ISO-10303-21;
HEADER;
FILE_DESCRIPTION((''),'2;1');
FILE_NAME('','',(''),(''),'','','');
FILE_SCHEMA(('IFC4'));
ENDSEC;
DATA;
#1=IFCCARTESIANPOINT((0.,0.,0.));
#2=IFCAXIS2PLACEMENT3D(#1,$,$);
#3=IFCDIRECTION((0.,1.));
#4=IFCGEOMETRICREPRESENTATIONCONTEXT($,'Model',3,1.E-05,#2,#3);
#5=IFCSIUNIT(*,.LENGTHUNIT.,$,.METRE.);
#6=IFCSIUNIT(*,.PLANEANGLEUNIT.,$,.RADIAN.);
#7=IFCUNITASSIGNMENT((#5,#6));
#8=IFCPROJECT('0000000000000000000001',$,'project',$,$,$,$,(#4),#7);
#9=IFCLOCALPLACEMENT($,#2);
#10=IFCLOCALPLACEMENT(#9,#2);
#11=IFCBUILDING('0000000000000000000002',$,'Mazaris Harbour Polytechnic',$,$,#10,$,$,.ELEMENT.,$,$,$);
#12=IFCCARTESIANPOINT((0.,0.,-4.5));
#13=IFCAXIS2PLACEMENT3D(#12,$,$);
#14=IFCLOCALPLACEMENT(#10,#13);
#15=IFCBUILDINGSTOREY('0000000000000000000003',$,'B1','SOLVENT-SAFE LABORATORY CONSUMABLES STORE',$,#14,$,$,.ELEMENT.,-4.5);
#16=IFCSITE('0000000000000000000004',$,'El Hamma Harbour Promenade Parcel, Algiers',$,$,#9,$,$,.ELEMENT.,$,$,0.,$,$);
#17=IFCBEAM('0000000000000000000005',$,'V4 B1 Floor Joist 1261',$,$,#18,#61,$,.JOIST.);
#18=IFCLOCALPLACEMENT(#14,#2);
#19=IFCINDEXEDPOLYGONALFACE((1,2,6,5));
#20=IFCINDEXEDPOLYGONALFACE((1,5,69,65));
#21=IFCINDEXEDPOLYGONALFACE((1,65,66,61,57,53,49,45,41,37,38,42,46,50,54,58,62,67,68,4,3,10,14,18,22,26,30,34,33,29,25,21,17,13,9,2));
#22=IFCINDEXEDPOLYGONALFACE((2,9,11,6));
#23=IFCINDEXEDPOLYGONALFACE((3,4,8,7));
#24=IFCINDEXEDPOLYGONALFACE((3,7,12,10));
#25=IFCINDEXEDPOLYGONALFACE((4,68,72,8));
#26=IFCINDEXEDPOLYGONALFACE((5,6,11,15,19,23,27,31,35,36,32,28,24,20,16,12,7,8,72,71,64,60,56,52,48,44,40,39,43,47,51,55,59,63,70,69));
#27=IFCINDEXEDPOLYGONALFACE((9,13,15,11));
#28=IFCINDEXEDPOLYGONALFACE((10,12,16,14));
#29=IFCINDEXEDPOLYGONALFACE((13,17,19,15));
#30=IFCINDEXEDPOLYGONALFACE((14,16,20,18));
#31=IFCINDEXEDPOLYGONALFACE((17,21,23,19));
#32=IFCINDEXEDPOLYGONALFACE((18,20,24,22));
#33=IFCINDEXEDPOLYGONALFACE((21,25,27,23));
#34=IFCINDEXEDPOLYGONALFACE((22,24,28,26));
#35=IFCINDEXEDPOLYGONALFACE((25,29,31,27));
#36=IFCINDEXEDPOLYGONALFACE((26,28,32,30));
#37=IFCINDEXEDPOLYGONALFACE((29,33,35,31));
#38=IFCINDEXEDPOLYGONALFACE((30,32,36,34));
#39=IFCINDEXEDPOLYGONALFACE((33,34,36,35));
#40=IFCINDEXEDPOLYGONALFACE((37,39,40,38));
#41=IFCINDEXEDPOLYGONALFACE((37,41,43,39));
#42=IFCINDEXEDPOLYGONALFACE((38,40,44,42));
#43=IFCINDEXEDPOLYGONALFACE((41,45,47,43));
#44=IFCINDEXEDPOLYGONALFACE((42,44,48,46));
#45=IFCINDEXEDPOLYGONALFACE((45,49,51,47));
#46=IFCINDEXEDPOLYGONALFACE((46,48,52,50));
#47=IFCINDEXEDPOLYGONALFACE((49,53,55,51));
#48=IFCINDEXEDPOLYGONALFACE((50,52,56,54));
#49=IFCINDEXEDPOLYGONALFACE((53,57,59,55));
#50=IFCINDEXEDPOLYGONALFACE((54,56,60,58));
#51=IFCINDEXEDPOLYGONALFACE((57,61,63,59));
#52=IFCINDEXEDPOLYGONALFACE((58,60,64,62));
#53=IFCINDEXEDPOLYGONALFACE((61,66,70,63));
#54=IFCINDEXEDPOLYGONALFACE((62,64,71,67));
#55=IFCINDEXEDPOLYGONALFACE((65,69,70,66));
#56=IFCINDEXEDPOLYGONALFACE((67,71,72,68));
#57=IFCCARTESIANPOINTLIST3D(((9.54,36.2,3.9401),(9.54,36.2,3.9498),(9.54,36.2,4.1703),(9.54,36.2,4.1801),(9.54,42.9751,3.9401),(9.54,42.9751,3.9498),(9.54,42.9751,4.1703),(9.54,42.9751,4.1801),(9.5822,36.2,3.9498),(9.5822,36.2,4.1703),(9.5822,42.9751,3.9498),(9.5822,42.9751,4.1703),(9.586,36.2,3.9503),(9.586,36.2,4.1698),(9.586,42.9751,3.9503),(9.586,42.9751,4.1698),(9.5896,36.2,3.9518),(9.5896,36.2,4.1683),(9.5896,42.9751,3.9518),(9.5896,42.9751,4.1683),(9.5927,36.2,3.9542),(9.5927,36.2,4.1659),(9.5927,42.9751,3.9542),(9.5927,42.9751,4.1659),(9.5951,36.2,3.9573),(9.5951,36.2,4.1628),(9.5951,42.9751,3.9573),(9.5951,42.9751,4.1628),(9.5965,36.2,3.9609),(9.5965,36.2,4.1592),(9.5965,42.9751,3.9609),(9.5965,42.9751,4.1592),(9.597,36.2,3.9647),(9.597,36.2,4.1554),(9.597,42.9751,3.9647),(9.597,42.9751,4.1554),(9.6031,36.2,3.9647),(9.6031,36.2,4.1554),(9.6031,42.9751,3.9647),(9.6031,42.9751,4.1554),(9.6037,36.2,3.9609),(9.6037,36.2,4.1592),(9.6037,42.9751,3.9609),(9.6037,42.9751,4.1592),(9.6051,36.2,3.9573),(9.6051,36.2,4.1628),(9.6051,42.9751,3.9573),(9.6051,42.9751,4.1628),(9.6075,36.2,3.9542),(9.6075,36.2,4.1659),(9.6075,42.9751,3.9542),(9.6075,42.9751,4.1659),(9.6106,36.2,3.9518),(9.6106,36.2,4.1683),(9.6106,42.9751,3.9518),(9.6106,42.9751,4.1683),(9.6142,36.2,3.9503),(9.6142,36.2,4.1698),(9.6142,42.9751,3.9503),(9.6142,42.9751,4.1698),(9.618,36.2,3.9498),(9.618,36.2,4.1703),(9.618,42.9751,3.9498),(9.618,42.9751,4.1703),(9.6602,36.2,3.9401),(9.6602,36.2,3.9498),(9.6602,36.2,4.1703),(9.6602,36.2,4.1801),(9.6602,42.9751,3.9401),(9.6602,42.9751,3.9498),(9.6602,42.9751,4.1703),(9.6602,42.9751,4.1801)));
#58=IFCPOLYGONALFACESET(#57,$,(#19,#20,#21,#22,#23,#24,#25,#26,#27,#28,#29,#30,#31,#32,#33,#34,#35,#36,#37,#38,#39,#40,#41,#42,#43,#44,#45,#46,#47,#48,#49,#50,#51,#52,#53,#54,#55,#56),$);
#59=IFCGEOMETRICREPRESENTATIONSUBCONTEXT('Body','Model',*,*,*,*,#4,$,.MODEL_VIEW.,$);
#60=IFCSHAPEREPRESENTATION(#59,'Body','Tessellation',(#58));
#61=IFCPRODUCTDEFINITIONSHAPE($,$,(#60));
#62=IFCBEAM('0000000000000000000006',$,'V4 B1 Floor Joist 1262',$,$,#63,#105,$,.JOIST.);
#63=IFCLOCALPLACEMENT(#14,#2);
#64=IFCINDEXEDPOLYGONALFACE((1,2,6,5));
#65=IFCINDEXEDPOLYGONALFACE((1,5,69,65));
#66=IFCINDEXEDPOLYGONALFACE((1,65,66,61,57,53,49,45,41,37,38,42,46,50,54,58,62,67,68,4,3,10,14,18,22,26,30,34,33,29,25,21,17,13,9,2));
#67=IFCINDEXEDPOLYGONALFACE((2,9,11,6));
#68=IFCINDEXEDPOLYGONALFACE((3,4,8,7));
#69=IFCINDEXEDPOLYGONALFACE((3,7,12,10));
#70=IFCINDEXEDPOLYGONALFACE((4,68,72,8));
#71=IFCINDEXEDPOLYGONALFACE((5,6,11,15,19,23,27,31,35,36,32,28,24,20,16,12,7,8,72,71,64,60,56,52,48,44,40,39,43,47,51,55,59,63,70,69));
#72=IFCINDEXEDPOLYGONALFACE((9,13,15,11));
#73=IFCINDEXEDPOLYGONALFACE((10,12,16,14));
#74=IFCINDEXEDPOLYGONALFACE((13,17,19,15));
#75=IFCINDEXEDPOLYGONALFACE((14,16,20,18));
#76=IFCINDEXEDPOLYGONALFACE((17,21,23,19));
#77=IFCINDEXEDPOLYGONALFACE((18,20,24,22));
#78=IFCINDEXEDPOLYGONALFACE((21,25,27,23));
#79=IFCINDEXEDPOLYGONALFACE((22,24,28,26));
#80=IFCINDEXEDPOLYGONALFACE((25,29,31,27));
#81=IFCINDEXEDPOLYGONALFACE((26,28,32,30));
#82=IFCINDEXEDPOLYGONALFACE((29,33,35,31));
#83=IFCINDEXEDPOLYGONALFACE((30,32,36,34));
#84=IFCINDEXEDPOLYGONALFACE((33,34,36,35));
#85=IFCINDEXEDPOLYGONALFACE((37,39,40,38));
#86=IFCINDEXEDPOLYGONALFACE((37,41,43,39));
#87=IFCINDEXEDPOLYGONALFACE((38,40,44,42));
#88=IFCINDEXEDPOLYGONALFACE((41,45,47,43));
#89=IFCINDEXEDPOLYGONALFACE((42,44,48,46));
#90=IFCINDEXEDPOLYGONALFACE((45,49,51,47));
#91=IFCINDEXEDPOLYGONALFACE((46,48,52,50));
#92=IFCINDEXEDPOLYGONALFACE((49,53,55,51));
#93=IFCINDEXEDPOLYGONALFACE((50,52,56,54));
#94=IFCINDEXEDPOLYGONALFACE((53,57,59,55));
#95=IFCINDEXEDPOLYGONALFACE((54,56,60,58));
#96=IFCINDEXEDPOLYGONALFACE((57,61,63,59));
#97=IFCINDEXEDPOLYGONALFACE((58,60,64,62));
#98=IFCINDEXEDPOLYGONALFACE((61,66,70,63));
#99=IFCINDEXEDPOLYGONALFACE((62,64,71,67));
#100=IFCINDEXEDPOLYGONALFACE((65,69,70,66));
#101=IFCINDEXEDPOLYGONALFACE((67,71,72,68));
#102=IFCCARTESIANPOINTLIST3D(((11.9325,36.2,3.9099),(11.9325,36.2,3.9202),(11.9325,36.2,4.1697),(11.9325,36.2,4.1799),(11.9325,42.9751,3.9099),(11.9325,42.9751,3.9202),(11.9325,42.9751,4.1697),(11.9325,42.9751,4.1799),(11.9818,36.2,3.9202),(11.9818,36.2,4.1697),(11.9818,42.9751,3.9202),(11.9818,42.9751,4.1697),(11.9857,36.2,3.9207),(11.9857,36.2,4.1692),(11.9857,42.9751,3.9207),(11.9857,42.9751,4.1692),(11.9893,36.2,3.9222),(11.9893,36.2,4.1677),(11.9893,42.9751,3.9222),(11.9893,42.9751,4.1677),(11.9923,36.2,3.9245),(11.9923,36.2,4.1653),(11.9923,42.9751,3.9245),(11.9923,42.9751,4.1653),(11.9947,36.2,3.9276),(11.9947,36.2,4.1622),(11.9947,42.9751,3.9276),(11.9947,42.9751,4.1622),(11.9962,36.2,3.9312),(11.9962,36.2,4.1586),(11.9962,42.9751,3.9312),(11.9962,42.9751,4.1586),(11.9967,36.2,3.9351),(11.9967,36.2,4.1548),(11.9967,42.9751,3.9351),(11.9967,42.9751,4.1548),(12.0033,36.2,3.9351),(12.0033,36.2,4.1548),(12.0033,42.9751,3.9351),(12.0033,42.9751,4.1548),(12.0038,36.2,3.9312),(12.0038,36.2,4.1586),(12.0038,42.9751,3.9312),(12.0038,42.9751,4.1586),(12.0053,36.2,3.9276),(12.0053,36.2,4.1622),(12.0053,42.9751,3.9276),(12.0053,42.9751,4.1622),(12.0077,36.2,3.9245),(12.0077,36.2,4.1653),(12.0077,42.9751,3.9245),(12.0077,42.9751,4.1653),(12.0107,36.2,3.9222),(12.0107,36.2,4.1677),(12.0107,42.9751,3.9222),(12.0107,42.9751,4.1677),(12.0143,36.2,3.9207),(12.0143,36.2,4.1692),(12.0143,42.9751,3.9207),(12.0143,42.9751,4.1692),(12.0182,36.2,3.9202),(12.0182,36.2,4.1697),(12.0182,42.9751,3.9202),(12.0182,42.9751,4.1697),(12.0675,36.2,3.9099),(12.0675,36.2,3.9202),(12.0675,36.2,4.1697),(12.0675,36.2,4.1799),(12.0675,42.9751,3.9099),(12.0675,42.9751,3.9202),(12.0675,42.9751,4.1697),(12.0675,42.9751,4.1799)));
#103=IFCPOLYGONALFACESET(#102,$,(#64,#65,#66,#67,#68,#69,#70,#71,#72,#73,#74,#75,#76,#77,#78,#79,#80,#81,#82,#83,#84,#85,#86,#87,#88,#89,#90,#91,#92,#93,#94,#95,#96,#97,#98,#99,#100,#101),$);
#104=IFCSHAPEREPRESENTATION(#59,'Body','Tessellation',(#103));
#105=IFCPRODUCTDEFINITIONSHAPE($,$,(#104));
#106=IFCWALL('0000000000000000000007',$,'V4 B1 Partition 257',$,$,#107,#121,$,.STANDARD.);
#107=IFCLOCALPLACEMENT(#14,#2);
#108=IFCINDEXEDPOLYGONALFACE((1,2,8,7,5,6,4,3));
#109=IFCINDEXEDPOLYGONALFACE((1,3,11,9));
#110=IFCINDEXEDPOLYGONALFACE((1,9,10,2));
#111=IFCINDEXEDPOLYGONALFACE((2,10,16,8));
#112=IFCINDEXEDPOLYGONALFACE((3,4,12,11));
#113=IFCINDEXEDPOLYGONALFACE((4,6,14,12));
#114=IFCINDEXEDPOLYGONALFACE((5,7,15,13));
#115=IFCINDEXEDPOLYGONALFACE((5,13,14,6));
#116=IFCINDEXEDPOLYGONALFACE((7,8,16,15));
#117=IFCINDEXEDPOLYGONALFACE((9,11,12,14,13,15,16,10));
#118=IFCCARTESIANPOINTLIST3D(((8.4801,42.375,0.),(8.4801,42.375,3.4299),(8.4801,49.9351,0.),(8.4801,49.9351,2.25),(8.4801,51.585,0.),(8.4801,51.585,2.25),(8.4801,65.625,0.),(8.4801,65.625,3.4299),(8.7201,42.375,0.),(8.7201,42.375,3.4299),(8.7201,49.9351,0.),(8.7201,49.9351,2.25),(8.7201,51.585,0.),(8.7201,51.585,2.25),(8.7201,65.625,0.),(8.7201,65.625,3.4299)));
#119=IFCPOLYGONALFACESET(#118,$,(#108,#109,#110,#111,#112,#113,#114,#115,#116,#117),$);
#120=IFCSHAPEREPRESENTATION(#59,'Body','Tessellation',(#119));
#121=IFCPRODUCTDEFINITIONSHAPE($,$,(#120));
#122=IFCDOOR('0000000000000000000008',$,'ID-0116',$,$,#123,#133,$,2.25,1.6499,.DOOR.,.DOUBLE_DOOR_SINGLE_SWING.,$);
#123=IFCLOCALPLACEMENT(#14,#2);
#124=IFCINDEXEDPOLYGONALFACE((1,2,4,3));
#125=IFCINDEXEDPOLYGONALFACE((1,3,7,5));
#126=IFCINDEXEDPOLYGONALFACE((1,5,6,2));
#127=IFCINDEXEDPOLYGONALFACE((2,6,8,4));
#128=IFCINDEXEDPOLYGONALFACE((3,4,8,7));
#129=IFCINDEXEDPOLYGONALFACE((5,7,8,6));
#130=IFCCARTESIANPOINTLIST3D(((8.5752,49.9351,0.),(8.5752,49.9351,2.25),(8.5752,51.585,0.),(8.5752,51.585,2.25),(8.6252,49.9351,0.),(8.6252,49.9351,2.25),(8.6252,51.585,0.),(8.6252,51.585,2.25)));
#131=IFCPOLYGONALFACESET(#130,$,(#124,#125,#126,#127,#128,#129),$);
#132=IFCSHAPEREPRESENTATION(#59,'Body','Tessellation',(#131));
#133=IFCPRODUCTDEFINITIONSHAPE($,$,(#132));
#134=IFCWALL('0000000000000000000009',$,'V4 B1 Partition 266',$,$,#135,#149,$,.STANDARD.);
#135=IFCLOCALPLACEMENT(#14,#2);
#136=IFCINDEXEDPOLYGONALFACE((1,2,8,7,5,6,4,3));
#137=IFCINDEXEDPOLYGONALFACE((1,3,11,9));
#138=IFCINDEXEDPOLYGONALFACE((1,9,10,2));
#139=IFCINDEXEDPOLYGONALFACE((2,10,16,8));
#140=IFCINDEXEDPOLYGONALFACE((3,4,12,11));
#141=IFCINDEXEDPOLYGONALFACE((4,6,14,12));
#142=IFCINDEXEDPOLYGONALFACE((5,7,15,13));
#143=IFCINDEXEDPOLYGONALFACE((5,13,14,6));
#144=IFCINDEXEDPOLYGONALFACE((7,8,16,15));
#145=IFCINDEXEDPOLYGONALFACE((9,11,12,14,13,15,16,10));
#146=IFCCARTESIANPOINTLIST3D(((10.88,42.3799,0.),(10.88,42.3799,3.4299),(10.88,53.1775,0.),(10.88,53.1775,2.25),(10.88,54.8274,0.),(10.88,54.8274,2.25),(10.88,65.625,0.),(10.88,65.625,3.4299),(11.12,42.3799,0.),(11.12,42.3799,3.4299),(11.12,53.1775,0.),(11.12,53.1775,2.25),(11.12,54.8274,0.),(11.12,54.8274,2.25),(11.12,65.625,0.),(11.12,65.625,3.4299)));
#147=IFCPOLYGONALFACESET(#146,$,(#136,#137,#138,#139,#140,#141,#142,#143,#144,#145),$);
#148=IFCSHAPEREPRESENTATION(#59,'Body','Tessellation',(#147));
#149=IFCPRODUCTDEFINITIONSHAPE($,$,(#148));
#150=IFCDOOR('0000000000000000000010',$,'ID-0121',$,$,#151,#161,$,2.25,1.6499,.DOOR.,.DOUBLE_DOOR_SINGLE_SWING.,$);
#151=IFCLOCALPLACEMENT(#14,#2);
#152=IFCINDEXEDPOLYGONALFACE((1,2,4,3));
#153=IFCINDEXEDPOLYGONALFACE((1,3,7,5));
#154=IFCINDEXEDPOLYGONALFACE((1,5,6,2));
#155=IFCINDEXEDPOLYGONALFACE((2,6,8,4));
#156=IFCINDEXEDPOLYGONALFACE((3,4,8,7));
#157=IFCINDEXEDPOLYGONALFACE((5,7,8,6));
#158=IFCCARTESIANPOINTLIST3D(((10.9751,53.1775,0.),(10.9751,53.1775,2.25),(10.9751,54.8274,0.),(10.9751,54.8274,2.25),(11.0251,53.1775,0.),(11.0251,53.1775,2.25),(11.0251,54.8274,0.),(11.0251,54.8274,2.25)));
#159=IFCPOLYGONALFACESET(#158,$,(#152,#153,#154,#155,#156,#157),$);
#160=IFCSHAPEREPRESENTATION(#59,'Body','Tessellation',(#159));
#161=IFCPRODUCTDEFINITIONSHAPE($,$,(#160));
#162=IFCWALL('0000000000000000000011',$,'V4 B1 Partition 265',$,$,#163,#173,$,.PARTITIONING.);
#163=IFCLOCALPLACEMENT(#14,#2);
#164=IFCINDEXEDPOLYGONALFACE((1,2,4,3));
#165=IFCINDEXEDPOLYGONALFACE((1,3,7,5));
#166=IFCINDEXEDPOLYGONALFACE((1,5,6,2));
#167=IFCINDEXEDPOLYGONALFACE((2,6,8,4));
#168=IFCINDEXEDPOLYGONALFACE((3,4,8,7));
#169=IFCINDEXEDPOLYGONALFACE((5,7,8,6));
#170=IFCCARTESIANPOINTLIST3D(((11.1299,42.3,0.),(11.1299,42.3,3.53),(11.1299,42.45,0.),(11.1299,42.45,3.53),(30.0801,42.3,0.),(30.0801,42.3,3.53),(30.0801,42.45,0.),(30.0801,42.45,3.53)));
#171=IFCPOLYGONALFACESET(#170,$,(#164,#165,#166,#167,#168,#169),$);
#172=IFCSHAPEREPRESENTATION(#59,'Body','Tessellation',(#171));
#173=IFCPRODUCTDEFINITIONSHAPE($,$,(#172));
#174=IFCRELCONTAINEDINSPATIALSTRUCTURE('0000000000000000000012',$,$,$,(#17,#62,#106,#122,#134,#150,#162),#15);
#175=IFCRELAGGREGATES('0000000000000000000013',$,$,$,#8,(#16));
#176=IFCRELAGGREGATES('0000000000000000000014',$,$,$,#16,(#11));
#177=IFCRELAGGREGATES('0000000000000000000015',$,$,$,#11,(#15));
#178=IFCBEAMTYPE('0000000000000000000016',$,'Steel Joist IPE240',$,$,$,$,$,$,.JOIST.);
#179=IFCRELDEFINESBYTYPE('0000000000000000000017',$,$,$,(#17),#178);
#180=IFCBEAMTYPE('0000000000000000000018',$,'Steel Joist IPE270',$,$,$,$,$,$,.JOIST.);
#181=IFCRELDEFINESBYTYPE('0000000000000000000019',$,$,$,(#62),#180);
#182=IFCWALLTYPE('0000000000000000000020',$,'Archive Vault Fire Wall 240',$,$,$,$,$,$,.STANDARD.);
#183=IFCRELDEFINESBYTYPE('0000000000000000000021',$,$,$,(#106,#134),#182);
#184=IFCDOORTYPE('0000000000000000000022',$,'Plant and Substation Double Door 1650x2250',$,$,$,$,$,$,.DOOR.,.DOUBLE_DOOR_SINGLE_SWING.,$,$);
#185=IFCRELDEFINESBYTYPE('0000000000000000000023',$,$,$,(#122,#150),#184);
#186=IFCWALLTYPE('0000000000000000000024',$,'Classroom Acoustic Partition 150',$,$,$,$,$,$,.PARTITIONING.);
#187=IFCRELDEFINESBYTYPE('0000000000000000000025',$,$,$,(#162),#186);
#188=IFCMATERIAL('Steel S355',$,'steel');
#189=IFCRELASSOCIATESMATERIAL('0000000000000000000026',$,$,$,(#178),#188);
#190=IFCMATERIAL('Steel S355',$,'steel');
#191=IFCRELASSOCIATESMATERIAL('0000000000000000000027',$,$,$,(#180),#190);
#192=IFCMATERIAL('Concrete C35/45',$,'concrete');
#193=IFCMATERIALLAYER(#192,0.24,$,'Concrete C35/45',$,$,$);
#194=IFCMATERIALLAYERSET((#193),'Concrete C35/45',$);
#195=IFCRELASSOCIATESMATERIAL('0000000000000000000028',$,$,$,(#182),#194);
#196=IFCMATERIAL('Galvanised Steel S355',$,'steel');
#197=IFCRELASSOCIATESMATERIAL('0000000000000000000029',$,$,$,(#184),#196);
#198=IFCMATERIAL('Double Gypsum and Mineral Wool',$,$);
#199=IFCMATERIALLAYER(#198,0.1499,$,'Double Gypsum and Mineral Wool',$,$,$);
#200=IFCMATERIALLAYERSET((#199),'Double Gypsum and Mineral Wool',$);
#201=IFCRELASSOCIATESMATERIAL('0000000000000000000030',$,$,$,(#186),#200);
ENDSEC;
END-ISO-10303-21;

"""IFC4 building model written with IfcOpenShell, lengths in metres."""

from ifc_helpers import new_model, si_unit, direction, frame, frame_2d, origin, origin_2d, place, context, subcontext, project, spatial, rectangle, i_section, extrude, material, layer, layer_set, material_profile, profile_set, type_object, element, fill, save


model = new_model("IFC4")

# Units and contexts
model_context = context("Model", 3, precision=1e-05, world=origin(), true_north=direction((0.0, 1.0)))
body_context = subcontext(model_context, "Body", "Model", "MODEL_VIEW")
ifc_project = project(units=[si_unit("LENGTHUNIT", "METRE"), si_unit("PLANEANGLEUNIT", "RADIAN")], contexts=[model_context])

# Site, building, storey
site_placement = place(None, origin())
site = spatial("IfcSite", under=ifc_project, at=site_placement, Name="El Hamma Harbour Promenade Parcel, Algiers", CompositionType="ELEMENT", RefElevation=0.0)
building_placement = place(site_placement, origin())
building = spatial("IfcBuilding", under=site, at=building_placement, Name="Mazaris Harbour Polytechnic", CompositionType="ELEMENT")
storey_placement = place(building_placement, frame((0.0, 0.0, -4.5)))
storey = spatial("IfcBuildingStorey", under=building, at=storey_placement, Name="B1", Description="SOLVENT-SAFE LABORATORY CONSUMABLES STORE", CompositionType="ELEMENT", Elevation=-4.5)

# Beams
ifc_material_1 = material(Name="Steel S355", Category="steel")
ifc_material_profile_1 = material_profile(ifc_material_1, i_section(OverallWidth=0.1201, OverallDepth=0.24, WebThickness=0.0061, FlangeThickness=0.0098, FilletRadius=0.0149, at=origin_2d()), Name="IPE 240")
ifc_profile_set_1 = profile_set([ifc_material_profile_1], Name="Steel S355")
beam_type_1 = type_object("IfcBeamType", Name="Steel Joist IPE240", PredefinedType="JOIST", material=ifc_profile_set_1)
beam_1_placement = place(storey_placement, frame((9.6001, 36.2, 4.0601), z_axis=(0.0, 1.0, 0.0), x_axis=(-1.0, 0.0, 0.0)))
element("IfcBeam", 1, at=beam_1_placement, inside=storey, type_object=beam_type_1, Name="V4 B1 Floor Joist 1261", PredefinedType="JOIST", context=body_context, shape_type="SweptSolid", body=[
    extrude(i_section(OverallWidth=0.1201, OverallDepth=0.24, WebThickness=0.0061, FlangeThickness=0.0098, FilletRadius=0.0149, at=origin_2d()), origin(), (0.0, 0.0, 1.0), 6.7751),
])
ifc_material_2 = material(Name="Steel S355", Category="steel")
ifc_material_profile_2 = material_profile(ifc_material_2, i_section(OverallWidth=0.135, OverallDepth=0.27, WebThickness=0.0066, FlangeThickness=0.0103, FilletRadius=0.0149, at=origin_2d()), Name="IPE 270")
ifc_profile_set_2 = profile_set([ifc_material_profile_2], Name="Steel S355")
beam_type_2 = type_object("IfcBeamType", Name="Steel Joist IPE270", PredefinedType="JOIST", material=ifc_profile_set_2)
beam_2_placement = place(storey_placement, frame((12.0, 36.2, 4.0449), z_axis=(0.0, 1.0, 0.0), x_axis=(-1.0, 0.0, 0.0)))
element("IfcBeam", 2, at=beam_2_placement, inside=storey, type_object=beam_type_2, Name="V4 B1 Floor Joist 1262", PredefinedType="JOIST", context=body_context, shape_type="SweptSolid", body=[
    extrude(i_section(OverallWidth=0.135, OverallDepth=0.27, WebThickness=0.0066, FlangeThickness=0.0103, FilletRadius=0.0149, at=origin_2d()), origin(), (0.0, 0.0, 1.0), 6.7751),
])

# Walls, openings, doors
ifc_material_3 = material(Name="Concrete C35/45", Category="concrete")
ifc_layer_1 = layer(ifc_material_3, 0.24, Name="Concrete C35/45")
ifc_layer_set_1 = layer_set([ifc_layer_1], Name="Concrete C35/45")
wall_type_1 = type_object("IfcWallType", Name="Archive Vault Fire Wall 240", PredefinedType="STANDARD", material=ifc_layer_set_1)
wall_1_placement = place(storey_placement, frame((8.6001, 42.375, 0.0), z_axis=(0.0, 0.0, 1.0), x_axis=(0.0, 1.0, 0.0)))
wall_1 = element("IfcWall", 3, at=wall_1_placement, inside=storey, type_object=wall_type_1, Name="V4 B1 Partition 257", PredefinedType="STANDARD", context=body_context, shape_type="SweptSolid", body=[
    extrude(rectangle(XDim=23.25, YDim=0.24, at=frame_2d((11.625, 0.0))), origin(), (0.0, 0.0, 1.0), 3.4299),
])
opening_1_placement = place(wall_1_placement, frame((7.5601, 0.0, 0.0)))
opening_1 = element("IfcOpeningElement", 4, at=opening_1_placement, cuts=wall_1, PredefinedType="OPENING", context=body_context, shape_type="SweptSolid", body=[
    extrude(rectangle(XDim=1.6499, YDim=2.25, at=frame_2d((0.825, 1.125))), frame((0.0, 0.1299, 0.0), z_axis=(0.0, -1.0, 0.0), x_axis=(1.0, 0.0, 0.0)), (0.0, 0.0, 1.0), 0.26),
])
ifc_material_4 = material(Name="Galvanised Steel S355", Category="steel")
door_type_1 = type_object("IfcDoorType", Name="Plant and Substation Double Door 1650x2250", OperationType="DOUBLE_DOOR_SINGLE_SWING", PredefinedType="DOOR", material=ifc_material_4)
door_1_placement = place(opening_1_placement, origin())
door_1 = element("IfcDoor", 5, at=door_1_placement, inside=storey, type_object=door_type_1, Name="ID-0116", OperationType="DOUBLE_DOOR_SINGLE_SWING", OverallHeight=2.25, OverallWidth=1.6499, PredefinedType="DOOR", context=body_context, shape_type="SweptSolid", body=[
    extrude(rectangle(XDim=1.6499, YDim=2.25, at=frame_2d((0.825, 1.125))), frame((0.0, 0.0249, 0.0), z_axis=(0.0, -1.0, 0.0), x_axis=(1.0, 0.0, 0.0)), (0.0, 0.0, 1.0), 0.05),
])
fill(opening_1, door_1)
wall_2_placement = place(storey_placement, frame((11.0, 42.3799, 0.0), z_axis=(0.0, 0.0, 1.0), x_axis=(0.0, 1.0, 0.0)))
wall_2 = element("IfcWall", 6, at=wall_2_placement, inside=storey, type_object=wall_type_1, Name="V4 B1 Partition 266", PredefinedType="STANDARD", context=body_context, shape_type="SweptSolid", body=[
    extrude(rectangle(XDim=23.2451, YDim=0.24, at=frame_2d((11.6226, 0.0))), origin(), (0.0, 0.0, 1.0), 3.4299),
])
opening_2_placement = place(wall_2_placement, frame((10.7976, 0.0, 0.0)))
opening_2 = element("IfcOpeningElement", 7, at=opening_2_placement, cuts=wall_2, PredefinedType="OPENING", context=body_context, shape_type="SweptSolid", body=[
    extrude(rectangle(XDim=1.6499, YDim=2.25, at=frame_2d((0.825, 1.125))), frame((0.0, 0.1299, 0.0), z_axis=(0.0, -1.0, 0.0), x_axis=(1.0, 0.0, 0.0)), (0.0, 0.0, 1.0), 0.26),
])
door_2_placement = place(opening_2_placement, origin())
door_2 = element("IfcDoor", 8, at=door_2_placement, inside=storey, type_object=door_type_1, Name="ID-0121", OperationType="DOUBLE_DOOR_SINGLE_SWING", OverallHeight=2.25, OverallWidth=1.6499, PredefinedType="DOOR", context=body_context, shape_type="SweptSolid", body=[
    extrude(rectangle(XDim=1.6499, YDim=2.25, at=frame_2d((0.825, 1.125))), frame((0.0, 0.0249, 0.0), z_axis=(0.0, -1.0, 0.0), x_axis=(1.0, 0.0, 0.0)), (0.0, 0.0, 1.0), 0.05),
])
fill(opening_2, door_2)

# Wall
ifc_material_5 = material(Name="Double Gypsum and Mineral Wool")
ifc_layer_2 = layer(ifc_material_5, 0.1499, Name="Double Gypsum and Mineral Wool")
ifc_layer_set_2 = layer_set([ifc_layer_2], Name="Double Gypsum and Mineral Wool")
wall_type_2 = type_object("IfcWallType", Name="Classroom Acoustic Partition 150", PredefinedType="PARTITIONING", material=ifc_layer_set_2)
wall_3_placement = place(storey_placement, frame((11.1299, 42.375, 0.0), z_axis=(0.0, 0.0, 1.0), x_axis=(1.0, 0.0, 0.0)))
element("IfcWall", 9, at=wall_3_placement, inside=storey, type_object=wall_type_2, Name="V4 B1 Partition 265", PredefinedType="PARTITIONING", context=body_context, shape_type="SweptSolid", body=[
    extrude(rectangle(XDim=18.9502, YDim=0.1499, at=frame_2d((9.4751, 0.0))), origin(), (0.0, 0.0, 1.0), 3.53),
])

save(model, "model.ifc")
